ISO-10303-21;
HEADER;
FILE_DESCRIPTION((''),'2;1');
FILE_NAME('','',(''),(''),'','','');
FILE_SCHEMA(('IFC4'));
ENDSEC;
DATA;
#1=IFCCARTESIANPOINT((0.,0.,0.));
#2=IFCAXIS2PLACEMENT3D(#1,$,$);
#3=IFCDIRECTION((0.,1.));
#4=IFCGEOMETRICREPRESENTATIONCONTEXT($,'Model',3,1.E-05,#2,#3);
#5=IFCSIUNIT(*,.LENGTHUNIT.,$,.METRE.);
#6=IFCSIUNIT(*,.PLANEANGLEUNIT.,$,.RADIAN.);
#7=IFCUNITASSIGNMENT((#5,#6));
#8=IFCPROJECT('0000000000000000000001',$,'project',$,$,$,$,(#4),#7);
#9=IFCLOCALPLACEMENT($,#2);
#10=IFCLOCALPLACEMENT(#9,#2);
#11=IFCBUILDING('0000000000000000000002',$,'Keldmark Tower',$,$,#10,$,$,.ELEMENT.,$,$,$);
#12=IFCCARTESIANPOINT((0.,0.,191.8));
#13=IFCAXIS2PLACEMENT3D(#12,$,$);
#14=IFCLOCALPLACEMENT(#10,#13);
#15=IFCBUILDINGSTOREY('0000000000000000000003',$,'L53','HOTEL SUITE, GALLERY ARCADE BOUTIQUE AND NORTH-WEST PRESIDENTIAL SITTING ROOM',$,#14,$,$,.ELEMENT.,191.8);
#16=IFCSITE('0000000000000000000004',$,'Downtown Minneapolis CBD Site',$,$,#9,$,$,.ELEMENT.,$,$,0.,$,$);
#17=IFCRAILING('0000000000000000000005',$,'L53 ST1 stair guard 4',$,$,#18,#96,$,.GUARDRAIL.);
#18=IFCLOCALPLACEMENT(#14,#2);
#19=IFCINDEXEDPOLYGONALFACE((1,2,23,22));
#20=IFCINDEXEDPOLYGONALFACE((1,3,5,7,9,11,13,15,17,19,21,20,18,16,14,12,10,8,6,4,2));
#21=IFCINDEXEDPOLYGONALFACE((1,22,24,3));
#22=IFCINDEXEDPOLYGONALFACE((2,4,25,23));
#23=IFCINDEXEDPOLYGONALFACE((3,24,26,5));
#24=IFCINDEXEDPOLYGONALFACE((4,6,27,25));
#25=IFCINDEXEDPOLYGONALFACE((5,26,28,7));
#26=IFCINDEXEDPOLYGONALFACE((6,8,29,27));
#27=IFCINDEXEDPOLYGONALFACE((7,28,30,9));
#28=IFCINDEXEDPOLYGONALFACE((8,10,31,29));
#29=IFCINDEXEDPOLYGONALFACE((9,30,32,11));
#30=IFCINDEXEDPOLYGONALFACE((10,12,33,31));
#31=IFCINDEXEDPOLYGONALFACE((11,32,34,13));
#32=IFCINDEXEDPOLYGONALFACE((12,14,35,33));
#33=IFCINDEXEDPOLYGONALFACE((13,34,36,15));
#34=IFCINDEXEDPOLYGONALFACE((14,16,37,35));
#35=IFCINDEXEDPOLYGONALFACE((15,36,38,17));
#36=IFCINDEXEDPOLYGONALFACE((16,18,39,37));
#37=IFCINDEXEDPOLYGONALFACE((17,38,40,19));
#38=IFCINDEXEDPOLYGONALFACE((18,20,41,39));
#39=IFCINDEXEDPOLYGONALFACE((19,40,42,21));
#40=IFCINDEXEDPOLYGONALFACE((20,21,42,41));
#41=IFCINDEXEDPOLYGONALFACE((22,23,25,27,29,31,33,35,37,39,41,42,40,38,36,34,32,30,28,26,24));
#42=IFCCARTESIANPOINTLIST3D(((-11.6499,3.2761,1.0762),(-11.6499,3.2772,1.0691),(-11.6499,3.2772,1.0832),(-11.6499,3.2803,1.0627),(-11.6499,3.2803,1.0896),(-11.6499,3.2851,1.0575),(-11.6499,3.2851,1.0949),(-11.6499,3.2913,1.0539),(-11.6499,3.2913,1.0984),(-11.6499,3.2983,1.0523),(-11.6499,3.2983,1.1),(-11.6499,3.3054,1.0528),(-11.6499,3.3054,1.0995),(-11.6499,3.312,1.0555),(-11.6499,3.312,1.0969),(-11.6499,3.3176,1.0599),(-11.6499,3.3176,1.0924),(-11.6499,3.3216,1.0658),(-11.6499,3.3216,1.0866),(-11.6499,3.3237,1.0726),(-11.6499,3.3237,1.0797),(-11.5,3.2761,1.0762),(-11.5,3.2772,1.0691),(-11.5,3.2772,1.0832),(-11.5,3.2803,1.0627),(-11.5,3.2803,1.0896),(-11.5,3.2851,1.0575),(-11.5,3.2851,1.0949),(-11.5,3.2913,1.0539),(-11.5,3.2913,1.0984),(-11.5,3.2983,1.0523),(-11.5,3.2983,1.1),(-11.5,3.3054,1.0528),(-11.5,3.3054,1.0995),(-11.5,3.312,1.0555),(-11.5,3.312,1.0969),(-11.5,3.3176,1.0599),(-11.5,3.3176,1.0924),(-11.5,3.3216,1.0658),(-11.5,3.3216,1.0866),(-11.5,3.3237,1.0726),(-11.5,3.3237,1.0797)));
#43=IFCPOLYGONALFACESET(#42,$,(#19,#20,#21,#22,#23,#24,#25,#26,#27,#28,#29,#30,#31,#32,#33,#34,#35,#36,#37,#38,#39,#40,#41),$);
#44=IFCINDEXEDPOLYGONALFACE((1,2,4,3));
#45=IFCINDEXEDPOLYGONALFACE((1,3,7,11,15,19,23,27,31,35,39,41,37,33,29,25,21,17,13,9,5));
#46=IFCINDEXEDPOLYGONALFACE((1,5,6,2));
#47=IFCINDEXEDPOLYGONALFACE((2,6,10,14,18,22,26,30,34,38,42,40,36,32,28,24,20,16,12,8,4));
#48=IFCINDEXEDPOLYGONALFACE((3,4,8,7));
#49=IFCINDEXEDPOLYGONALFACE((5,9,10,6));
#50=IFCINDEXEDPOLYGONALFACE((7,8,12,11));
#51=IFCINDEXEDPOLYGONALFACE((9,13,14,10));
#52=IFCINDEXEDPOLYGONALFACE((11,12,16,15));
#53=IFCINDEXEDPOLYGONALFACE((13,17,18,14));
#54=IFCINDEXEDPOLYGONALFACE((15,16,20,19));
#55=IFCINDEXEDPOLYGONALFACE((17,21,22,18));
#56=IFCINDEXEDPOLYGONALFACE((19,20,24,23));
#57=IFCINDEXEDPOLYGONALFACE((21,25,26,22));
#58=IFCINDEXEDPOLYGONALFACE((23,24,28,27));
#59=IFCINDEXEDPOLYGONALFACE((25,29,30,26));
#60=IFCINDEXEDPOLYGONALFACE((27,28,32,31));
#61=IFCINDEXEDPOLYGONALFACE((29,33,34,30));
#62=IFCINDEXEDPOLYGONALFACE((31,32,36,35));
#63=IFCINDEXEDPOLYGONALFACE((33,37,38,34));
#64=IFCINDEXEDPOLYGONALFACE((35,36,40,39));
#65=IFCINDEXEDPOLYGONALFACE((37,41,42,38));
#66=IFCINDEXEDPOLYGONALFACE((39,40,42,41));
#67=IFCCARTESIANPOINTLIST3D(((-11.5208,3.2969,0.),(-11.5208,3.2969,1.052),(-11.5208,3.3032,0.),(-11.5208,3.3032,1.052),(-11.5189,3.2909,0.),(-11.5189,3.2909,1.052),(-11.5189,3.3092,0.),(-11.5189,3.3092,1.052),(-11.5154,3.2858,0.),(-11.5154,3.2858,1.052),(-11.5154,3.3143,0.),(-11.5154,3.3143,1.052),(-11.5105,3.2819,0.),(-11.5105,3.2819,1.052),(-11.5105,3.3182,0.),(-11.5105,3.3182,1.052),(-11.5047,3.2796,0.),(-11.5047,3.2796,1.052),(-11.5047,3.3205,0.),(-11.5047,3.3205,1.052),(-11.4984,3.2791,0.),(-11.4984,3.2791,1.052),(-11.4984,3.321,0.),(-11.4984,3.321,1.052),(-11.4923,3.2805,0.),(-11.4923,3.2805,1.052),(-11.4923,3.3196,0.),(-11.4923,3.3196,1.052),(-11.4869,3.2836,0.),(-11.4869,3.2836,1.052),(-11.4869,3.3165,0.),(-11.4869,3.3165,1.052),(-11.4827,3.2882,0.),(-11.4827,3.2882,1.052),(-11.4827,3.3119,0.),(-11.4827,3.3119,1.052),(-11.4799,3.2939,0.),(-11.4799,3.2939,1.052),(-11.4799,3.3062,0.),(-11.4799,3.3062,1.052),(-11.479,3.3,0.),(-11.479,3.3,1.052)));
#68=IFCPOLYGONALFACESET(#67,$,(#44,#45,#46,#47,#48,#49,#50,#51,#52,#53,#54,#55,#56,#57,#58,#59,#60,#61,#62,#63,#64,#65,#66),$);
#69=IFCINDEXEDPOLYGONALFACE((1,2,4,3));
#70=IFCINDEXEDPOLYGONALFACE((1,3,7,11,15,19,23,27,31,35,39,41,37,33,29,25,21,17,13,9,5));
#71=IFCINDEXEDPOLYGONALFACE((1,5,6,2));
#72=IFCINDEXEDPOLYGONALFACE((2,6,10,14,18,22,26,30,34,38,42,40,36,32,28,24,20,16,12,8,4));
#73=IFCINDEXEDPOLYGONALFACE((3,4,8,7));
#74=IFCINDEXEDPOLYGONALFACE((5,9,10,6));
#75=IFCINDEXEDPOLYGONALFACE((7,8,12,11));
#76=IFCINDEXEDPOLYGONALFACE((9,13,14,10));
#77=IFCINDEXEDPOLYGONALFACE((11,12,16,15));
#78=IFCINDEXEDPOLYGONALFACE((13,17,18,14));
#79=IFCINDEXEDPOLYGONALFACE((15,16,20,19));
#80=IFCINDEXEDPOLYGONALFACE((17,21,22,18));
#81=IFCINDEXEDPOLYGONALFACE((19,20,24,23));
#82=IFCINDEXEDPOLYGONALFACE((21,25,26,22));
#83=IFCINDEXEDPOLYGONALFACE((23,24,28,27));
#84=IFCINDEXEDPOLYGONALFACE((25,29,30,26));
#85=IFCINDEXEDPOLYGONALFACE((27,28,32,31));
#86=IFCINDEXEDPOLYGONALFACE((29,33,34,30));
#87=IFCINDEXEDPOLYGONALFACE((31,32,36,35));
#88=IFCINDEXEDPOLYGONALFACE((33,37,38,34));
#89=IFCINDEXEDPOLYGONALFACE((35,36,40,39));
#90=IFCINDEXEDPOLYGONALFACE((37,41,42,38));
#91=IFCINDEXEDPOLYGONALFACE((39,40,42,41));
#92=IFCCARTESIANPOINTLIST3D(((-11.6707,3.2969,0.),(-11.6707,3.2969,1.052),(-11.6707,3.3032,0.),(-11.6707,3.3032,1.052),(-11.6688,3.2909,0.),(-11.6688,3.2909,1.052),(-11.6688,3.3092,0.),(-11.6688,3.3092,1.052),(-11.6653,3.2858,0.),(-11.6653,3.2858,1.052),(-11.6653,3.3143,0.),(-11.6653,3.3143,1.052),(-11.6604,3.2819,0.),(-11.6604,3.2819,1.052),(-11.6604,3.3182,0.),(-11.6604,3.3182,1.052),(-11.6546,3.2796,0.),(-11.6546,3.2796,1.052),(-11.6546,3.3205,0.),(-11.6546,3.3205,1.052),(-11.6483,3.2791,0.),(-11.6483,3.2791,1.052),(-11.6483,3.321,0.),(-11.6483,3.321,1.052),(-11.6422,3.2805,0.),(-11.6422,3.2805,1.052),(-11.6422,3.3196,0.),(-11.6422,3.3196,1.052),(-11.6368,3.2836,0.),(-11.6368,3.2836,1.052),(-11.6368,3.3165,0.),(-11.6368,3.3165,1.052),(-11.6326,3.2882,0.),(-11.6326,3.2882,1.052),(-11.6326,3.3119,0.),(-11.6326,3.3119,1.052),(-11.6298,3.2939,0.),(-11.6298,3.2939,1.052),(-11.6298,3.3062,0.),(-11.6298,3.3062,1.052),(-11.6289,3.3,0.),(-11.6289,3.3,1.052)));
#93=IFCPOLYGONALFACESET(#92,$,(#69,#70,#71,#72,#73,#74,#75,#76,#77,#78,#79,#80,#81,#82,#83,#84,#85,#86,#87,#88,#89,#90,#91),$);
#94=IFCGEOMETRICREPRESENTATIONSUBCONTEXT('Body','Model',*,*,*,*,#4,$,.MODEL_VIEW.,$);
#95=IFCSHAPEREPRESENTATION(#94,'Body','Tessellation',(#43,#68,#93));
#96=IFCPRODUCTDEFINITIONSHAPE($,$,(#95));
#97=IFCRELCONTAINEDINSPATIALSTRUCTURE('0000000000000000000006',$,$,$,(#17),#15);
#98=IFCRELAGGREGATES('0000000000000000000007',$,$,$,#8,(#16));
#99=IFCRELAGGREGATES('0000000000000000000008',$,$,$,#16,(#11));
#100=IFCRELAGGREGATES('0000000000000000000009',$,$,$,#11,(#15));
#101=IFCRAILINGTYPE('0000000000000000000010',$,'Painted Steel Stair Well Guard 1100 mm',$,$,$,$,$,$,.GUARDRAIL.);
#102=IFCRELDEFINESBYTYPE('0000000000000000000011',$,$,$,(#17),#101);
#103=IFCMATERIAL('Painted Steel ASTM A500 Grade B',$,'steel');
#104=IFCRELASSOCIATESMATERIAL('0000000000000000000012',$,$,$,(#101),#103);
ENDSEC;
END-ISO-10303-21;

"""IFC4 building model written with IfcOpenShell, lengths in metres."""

from ifc_helpers import new_model, si_unit, direction, frame, origin, origin_2d, place, context, subcontext, project, spatial, circle, extrude, material, type_object, element, save


model = new_model("IFC4")

# Units and contexts
model_context = context("Model", 3, precision=1e-05, world=origin(), true_north=direction((0.0, 1.0)))
body_context = subcontext(model_context, "Body", "Model", "MODEL_VIEW")
ifc_project = project(units=[si_unit("LENGTHUNIT", "METRE"), si_unit("PLANEANGLEUNIT", "RADIAN")], contexts=[model_context])

# Site, building, storey
site_placement = place(None, origin())
site = spatial("IfcSite", under=ifc_project, at=site_placement, Name="Downtown Minneapolis CBD Site", CompositionType="ELEMENT", RefElevation=0.0)
building_placement = place(site_placement, origin())
building = spatial("IfcBuilding", under=site, at=building_placement, Name="Keldmark Tower", CompositionType="ELEMENT")
storey_placement = place(building_placement, frame((0.0, 0.0, 191.8)))
storey = spatial("IfcBuildingStorey", under=building, at=storey_placement, Name="L53", Description="HOTEL SUITE, GALLERY ARCADE BOUTIQUE AND NORTH-WEST PRESIDENTIAL SITTING ROOM", CompositionType="ELEMENT", Elevation=191.8)

# Railing
ifc_material_1 = material(Name="Painted Steel ASTM A500 Grade B", Category="steel")
railing_type_1 = type_object("IfcRailingType", Name="Painted Steel Stair Well Guard 1100 mm", PredefinedType="GUARDRAIL", material=ifc_material_1)
railing_1_placement = place(storey_placement, frame((-11.5, 3.3, 0.0)))
element("IfcRailing", 1, at=railing_1_placement, inside=storey, type_object=railing_type_1, Name="L53 ST1 stair guard 4", PredefinedType="GUARDRAIL", context=body_context, shape_type="SweptSolid", body=[
    extrude(circle(Radius=0.0239, at=origin_2d()), frame((0.0, 0.0, 1.0762), z_axis=(-1.0, 0.0, 0.0), x_axis=(0.0, -1.0, 0.0)), (0.0, 0.0, 1.0), 0.1499),
    extrude(circle(Radius=0.021, at=origin_2d()), origin(), (0.0, 0.0, 1.0), 1.052),
    extrude(circle(Radius=0.021, at=origin_2d()), frame((-0.1499, 0.0, 0.0)), (0.0, 0.0, 1.0), 1.052),
])

save(model, "model.ifc")
